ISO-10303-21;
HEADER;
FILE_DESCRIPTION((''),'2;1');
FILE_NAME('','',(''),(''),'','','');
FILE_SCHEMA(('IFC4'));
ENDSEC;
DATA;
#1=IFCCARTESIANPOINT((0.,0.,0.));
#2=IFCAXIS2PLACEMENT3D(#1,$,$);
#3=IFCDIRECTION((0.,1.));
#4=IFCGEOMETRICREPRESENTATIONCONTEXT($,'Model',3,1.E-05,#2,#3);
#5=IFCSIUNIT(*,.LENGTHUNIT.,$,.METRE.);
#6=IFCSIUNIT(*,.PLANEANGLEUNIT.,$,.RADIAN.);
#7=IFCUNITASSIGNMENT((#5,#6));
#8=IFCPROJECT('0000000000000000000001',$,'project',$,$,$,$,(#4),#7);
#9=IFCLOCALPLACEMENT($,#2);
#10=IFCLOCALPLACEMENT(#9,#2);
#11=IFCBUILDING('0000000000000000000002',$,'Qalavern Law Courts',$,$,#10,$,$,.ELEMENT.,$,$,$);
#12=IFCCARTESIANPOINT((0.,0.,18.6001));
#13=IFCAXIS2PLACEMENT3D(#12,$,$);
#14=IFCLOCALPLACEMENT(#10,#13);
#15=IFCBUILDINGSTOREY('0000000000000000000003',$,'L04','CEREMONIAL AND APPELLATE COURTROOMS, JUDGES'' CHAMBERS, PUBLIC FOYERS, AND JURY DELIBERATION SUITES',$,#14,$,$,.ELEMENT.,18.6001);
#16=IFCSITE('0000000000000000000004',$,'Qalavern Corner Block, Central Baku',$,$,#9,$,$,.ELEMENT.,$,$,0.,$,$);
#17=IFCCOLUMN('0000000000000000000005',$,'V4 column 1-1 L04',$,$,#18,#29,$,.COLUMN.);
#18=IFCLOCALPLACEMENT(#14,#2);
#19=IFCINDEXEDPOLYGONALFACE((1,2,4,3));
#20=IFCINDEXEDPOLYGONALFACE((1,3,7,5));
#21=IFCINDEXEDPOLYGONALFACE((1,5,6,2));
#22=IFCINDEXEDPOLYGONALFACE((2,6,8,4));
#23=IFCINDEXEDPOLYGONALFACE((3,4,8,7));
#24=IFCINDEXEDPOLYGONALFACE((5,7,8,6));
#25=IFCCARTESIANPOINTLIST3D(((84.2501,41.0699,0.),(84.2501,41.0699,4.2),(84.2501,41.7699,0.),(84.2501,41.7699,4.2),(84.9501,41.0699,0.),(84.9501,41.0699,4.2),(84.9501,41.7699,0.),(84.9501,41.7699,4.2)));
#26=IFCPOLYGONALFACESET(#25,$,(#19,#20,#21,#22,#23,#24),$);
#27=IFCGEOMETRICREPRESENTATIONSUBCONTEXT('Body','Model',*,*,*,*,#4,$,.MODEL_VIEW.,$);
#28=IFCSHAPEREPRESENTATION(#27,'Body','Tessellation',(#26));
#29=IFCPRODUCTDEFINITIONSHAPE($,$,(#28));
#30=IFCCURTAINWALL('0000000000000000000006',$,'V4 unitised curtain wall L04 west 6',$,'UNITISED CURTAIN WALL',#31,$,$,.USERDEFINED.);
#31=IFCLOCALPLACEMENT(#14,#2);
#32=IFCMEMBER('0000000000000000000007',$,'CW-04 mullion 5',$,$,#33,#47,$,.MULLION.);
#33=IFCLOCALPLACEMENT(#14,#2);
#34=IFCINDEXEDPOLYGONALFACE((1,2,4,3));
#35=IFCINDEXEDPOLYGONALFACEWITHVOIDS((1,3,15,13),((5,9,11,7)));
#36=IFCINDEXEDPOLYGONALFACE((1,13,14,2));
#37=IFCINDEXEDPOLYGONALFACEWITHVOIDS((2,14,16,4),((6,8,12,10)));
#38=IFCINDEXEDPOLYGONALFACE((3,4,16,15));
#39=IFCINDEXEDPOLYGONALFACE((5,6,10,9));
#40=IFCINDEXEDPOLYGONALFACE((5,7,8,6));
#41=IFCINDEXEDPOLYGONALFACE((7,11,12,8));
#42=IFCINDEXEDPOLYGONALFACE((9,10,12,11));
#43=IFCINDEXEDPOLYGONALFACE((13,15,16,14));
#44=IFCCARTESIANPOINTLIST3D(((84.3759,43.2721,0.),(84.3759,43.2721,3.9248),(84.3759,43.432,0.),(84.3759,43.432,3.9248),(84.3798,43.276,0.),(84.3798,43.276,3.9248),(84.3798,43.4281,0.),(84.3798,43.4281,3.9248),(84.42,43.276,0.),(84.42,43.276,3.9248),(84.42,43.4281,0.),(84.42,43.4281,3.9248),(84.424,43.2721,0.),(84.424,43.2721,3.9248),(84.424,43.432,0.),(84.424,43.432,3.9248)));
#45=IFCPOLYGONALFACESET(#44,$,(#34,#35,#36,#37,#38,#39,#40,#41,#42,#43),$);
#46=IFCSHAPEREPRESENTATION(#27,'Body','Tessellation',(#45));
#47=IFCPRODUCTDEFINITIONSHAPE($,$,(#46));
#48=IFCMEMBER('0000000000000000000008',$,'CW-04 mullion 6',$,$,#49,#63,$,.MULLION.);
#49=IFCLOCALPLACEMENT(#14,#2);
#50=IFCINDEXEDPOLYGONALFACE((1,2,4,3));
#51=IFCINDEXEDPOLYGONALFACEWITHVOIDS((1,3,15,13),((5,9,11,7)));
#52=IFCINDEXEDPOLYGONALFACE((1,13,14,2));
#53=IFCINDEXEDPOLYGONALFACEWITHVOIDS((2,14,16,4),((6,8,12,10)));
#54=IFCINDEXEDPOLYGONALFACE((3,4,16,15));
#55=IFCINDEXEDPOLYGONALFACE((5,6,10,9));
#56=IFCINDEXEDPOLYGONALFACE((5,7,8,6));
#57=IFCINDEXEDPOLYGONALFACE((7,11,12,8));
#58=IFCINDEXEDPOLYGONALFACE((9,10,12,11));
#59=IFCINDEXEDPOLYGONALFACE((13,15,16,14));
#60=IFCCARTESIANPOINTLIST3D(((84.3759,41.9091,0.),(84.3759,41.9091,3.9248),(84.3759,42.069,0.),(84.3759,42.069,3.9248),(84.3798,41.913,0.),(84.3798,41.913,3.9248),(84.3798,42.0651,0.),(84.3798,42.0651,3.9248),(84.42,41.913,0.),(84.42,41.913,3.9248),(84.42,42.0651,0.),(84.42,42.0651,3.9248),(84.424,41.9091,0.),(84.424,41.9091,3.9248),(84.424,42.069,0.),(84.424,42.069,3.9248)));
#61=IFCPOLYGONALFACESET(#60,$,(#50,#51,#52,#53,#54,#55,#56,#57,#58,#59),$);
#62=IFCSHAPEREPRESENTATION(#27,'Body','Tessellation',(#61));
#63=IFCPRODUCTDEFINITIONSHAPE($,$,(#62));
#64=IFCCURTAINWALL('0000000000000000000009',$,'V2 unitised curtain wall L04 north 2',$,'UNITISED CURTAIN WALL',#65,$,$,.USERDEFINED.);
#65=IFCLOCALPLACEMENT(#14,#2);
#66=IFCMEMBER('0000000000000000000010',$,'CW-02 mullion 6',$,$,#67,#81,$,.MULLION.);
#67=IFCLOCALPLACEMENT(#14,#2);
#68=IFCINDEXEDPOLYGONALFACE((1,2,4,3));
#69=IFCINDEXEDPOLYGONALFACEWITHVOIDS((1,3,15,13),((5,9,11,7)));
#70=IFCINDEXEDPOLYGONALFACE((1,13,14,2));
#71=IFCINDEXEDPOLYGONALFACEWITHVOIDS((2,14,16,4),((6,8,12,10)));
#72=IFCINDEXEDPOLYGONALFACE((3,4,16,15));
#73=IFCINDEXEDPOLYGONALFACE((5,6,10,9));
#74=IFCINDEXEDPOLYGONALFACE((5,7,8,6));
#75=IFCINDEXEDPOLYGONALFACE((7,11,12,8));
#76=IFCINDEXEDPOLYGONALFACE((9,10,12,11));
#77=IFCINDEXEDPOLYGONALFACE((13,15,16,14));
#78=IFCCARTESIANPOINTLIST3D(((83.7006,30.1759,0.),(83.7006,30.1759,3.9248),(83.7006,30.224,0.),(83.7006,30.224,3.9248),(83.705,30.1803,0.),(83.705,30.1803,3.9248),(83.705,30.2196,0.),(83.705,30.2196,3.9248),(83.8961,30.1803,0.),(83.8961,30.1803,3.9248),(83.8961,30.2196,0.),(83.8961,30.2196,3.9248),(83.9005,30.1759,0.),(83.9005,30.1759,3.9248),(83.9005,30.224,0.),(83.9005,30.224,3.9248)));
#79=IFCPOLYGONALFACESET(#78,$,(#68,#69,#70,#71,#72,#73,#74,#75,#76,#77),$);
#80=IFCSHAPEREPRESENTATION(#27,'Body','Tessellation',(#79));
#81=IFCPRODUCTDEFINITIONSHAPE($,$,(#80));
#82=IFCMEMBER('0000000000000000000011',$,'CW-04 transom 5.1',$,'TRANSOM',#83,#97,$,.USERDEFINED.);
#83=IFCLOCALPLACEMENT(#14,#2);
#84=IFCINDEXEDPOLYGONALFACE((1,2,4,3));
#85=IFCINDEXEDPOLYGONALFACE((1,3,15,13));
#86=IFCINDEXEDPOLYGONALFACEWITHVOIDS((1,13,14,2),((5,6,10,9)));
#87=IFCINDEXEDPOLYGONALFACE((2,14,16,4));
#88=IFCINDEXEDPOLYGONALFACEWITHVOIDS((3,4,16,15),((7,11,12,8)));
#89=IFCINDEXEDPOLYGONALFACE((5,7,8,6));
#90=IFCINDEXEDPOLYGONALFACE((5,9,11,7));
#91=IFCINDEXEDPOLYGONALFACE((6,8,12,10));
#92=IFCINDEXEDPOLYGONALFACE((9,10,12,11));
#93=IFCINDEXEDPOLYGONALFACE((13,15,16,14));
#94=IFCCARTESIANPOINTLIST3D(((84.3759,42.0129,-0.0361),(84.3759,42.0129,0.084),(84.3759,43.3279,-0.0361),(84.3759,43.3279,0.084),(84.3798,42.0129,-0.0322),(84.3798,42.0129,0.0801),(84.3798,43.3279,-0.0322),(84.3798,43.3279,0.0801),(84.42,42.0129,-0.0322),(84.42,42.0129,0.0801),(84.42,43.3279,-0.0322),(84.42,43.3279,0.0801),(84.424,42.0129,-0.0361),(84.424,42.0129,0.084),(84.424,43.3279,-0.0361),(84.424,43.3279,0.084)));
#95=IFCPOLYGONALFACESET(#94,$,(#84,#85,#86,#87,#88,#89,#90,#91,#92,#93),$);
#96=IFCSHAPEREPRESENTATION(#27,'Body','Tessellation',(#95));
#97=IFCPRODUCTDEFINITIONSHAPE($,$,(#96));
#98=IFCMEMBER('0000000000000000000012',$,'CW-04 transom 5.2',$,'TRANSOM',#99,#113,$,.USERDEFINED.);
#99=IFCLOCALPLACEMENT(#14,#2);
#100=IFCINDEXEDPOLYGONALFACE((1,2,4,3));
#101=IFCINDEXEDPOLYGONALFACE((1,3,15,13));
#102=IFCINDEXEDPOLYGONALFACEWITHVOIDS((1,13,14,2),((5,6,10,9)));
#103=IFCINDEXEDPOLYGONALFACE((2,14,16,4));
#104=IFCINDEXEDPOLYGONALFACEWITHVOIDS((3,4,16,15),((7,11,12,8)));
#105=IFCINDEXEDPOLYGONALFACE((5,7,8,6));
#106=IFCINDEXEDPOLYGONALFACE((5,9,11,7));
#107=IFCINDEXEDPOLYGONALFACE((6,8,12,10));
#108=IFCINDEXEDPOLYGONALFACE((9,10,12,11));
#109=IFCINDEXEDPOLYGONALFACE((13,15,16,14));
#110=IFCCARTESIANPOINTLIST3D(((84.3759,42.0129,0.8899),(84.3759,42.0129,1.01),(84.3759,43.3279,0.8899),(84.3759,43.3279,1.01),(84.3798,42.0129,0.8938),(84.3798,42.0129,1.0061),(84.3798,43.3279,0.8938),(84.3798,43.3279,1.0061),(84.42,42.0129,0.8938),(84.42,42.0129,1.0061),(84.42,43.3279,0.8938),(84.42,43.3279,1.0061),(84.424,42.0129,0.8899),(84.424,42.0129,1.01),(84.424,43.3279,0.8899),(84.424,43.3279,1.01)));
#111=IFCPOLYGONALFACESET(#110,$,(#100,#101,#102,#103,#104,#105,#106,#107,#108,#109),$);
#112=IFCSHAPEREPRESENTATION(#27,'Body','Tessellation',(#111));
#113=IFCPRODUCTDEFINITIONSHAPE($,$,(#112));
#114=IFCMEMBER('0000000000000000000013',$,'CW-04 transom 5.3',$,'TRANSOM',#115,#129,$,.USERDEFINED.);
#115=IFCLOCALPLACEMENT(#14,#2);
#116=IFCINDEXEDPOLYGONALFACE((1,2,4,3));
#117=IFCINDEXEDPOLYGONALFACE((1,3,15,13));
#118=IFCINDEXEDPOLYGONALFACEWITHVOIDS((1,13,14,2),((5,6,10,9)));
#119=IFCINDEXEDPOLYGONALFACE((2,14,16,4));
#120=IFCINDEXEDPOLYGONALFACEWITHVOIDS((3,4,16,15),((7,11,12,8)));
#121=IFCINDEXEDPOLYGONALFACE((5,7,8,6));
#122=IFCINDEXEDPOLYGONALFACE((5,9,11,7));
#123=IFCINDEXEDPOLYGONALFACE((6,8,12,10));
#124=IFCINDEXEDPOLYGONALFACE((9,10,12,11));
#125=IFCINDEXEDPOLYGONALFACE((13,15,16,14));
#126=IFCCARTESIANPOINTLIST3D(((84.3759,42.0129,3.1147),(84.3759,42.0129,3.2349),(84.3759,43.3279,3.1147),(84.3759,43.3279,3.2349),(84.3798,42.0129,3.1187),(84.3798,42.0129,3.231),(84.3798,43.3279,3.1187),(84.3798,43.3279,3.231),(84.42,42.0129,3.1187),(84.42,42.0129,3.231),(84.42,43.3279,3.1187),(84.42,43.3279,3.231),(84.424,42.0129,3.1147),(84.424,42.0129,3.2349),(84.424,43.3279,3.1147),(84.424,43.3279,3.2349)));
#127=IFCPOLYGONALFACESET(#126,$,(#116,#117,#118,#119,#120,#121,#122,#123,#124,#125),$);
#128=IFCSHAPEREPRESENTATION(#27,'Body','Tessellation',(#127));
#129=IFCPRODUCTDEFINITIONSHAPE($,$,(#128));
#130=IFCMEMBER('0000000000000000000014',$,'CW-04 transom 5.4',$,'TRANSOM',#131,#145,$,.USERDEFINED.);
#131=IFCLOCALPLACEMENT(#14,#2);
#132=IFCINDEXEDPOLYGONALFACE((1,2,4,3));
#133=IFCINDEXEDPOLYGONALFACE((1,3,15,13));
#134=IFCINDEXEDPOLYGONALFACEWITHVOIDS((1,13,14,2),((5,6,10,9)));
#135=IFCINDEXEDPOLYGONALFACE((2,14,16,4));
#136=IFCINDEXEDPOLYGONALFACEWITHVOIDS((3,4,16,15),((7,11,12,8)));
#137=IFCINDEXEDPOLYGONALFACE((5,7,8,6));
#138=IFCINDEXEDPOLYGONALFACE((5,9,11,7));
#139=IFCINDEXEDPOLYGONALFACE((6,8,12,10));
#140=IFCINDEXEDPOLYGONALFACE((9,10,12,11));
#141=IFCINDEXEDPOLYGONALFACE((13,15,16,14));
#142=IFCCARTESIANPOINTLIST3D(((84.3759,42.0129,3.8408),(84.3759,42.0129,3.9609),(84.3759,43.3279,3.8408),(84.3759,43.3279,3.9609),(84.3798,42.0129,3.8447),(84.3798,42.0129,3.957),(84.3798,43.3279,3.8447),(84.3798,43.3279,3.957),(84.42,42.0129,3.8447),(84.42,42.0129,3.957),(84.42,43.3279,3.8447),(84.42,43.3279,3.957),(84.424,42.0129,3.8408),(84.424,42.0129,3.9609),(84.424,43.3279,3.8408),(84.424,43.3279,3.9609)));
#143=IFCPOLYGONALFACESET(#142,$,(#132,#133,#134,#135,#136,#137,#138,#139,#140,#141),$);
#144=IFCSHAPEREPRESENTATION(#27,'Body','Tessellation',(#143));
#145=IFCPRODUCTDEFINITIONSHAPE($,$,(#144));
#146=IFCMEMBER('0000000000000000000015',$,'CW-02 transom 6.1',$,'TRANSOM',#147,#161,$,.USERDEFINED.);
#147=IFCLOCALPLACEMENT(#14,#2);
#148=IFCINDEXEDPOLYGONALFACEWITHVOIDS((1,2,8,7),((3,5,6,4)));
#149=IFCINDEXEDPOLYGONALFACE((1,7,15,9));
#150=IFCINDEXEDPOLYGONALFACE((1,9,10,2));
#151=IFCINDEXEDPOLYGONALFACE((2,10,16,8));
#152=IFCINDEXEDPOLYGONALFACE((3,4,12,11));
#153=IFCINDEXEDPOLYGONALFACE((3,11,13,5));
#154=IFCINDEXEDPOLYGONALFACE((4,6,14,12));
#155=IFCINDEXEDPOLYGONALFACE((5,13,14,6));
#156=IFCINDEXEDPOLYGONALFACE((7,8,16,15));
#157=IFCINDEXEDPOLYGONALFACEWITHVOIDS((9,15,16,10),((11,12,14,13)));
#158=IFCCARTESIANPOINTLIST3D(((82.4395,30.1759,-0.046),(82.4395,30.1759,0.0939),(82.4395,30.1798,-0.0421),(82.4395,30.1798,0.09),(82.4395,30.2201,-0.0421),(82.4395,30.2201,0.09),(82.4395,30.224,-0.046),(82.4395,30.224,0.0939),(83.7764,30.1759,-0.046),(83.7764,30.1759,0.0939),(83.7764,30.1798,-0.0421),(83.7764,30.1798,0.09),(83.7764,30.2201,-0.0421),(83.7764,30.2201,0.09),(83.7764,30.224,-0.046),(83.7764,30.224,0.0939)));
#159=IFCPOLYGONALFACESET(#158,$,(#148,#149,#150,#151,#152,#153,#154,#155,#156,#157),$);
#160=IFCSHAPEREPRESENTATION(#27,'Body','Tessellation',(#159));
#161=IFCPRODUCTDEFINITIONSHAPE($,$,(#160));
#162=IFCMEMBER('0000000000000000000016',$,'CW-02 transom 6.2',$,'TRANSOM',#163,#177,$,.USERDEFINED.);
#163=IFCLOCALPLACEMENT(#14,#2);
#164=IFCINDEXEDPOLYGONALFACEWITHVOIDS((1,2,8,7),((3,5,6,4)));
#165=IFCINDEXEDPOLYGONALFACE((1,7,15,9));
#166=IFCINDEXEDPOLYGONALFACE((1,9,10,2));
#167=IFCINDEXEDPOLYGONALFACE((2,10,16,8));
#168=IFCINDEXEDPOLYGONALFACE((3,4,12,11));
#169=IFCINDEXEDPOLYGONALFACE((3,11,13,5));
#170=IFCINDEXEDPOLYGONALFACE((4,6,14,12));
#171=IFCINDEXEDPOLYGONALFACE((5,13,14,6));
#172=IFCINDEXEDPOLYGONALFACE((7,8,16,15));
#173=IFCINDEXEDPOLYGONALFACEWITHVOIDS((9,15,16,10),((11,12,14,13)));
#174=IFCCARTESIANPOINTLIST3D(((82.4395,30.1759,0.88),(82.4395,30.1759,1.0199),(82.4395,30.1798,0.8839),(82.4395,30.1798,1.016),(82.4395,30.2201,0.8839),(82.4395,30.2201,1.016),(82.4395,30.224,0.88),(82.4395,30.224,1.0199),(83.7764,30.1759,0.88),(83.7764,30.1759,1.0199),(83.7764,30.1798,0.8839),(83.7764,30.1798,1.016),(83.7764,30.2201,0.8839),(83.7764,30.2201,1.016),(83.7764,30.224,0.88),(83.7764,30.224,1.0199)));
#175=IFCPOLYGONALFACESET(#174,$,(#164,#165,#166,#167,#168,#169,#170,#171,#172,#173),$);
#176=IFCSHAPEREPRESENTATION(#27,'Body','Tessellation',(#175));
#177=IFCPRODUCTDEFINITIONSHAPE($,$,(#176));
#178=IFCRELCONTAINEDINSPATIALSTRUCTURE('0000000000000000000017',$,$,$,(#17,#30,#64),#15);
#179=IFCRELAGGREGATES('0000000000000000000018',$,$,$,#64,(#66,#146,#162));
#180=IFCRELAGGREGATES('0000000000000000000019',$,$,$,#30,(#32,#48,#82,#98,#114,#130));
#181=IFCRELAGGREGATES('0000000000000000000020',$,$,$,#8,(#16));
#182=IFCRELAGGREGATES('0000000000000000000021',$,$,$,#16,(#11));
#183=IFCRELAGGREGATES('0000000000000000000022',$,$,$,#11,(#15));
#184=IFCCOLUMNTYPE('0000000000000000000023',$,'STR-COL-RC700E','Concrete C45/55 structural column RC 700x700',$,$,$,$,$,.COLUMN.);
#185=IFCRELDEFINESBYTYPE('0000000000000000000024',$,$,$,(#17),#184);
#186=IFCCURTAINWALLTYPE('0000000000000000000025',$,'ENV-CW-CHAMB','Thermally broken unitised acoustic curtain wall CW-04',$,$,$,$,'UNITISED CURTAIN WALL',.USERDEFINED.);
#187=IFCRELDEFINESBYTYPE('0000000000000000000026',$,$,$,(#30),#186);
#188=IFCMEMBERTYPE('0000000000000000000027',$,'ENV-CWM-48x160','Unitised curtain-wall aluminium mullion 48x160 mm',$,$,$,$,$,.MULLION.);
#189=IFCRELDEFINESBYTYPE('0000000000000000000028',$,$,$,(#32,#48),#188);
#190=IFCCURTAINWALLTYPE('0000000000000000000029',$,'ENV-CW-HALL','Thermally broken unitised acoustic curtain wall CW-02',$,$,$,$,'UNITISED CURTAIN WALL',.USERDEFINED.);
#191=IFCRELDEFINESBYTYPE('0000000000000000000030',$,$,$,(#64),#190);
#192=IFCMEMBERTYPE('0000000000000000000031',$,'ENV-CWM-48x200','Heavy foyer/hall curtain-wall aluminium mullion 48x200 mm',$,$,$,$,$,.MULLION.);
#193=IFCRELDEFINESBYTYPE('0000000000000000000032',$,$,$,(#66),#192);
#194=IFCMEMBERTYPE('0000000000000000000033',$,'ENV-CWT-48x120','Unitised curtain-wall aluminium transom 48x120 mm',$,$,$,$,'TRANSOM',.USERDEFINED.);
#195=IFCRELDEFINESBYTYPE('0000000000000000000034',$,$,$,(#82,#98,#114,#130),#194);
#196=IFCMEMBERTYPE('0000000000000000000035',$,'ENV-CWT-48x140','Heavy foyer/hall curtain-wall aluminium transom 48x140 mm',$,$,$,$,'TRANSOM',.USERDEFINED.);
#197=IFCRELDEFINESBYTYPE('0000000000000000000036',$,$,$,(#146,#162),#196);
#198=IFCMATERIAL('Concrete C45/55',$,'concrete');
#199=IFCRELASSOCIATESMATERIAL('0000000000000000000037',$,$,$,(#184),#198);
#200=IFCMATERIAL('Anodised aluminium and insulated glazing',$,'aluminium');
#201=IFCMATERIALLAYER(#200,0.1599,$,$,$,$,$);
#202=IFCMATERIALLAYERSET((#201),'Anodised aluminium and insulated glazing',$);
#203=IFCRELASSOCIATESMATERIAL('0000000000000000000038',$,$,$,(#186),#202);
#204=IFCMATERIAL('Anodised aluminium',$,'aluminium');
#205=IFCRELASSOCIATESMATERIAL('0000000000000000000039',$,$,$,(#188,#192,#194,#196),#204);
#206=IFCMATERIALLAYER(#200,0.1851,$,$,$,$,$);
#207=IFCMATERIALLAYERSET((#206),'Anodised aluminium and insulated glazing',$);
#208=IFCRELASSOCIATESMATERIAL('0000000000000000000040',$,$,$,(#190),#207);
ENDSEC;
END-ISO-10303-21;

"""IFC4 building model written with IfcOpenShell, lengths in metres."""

from ifc_helpers import new_model, si_unit, direction, frame, origin, origin_2d, place, context, subcontext, project, spatial, rectangle, hollow_rectangle, extrude, material, layer, layer_set, material_profile, profile_set, type_object, element, aggregate, save


model = new_model("IFC4")

# Units and contexts
model_context = context("Model", 3, precision=1e-05, world=origin(), true_north=direction((0.0, 1.0)))
body_context = subcontext(model_context, "Body", "Model", "MODEL_VIEW")
ifc_project = project(units=[si_unit("LENGTHUNIT", "METRE"), si_unit("PLANEANGLEUNIT", "RADIAN")], contexts=[model_context])

# Site, building, storey
site_placement = place(None, origin())
site = spatial("IfcSite", under=ifc_project, at=site_placement, Name="Qalavern Corner Block, Central Baku", CompositionType="ELEMENT", RefElevation=0.0)
building_placement = place(site_placement, origin())
building = spatial("IfcBuilding", under=site, at=building_placement, Name="Qalavern Law Courts", CompositionType="ELEMENT")
storey_placement = place(building_placement, frame((0.0, 0.0, 18.6001)))
storey = spatial("IfcBuildingStorey", under=building, at=storey_placement, Name="L04", Description="CEREMONIAL AND APPELLATE COURTROOMS, JUDGES' CHAMBERS, PUBLIC FOYERS, AND JURY DELIBERATION SUITES", CompositionType="ELEMENT", Elevation=18.6001)

# Column
ifc_material_1 = material(Name="Concrete C45/55", Category="concrete")
ifc_material_profile_1 = material_profile(ifc_material_1, rectangle(XDim=0.7, YDim=0.7, at=origin_2d()), Name="RC 700x700")
ifc_profile_set_1 = profile_set([ifc_material_profile_1], Name="Concrete C45/55")
column_type = type_object("IfcColumnType", Name="STR-COL-RC700E", Description="Concrete C45/55 structural column RC 700x700", PredefinedType="COLUMN", material=ifc_profile_set_1)
column_placement = place(storey_placement, frame((84.6001, 41.4199, 0.0), z_axis=(0.0, 0.0, 1.0), x_axis=(1.0, 0.0, 0.0)))
element("IfcColumn", 1, at=column_placement, inside=storey, type_object=column_type, Name="V4 column 1-1 L04", PredefinedType="COLUMN", context=body_context, shape_type="SweptSolid", body=[
    extrude(rectangle(XDim=0.7, YDim=0.7, at=origin_2d()), origin(), (0.0, 0.0, 1.0), 4.2),
])

# Curtain wall, members
ifc_material_2 = material(Name="Anodised aluminium and insulated glazing", Category="aluminium")
ifc_layer_1 = layer(ifc_material_2, 0.1599)
ifc_layer_set_1 = layer_set([ifc_layer_1], Name="Anodised aluminium and insulated glazing")
curtain_wall_type_1 = type_object("IfcCurtainWallType", Name="ENV-CW-CHAMB", Description="Thermally broken unitised acoustic curtain wall CW-04", ElementType="UNITISED CURTAIN WALL", PredefinedType="USERDEFINED", material=ifc_layer_set_1)
curtain_wall_1_placement = place(storey_placement, origin())
curtain_wall_1 = element("IfcCurtainWall", 2, at=curtain_wall_1_placement, inside=storey, type_object=curtain_wall_type_1, Name="V4 unitised curtain wall L04 west 6", ObjectType="UNITISED CURTAIN WALL", PredefinedType="USERDEFINED")
ifc_material_3 = material(Name="Anodised aluminium", Category="aluminium")
ifc_material_profile_2 = material_profile(ifc_material_3, hollow_rectangle(XDim=0.0481, YDim=0.1599, WallThickness=0.0039, at=origin_2d()), Name="ALU MULLION 48x160")
ifc_profile_set_2 = profile_set([ifc_material_profile_2], Name="Anodised aluminium")
member_type_1 = type_object("IfcMemberType", Name="ENV-CWM-48x160", Description="Unitised curtain-wall aluminium mullion 48x160 mm", PredefinedType="MULLION", material=ifc_profile_set_2)
member_1_placement = place(storey_placement, frame((84.3999, 43.3521, 0.0), z_axis=(0.0, 0.0, 1.0), x_axis=(1.0, 0.0, 0.0)))
member_1 = element("IfcMember", 3, at=member_1_placement, type_object=member_type_1, Name="CW-04 mullion 5", PredefinedType="MULLION", context=body_context, shape_type="SweptSolid", body=[
    extrude(hollow_rectangle(XDim=0.0481, YDim=0.1599, WallThickness=0.0039, at=origin_2d()), origin(), (0.0, 0.0, 1.0), 3.9248),
])
member_2_placement = place(storey_placement, frame((84.3999, 41.989, 0.0), z_axis=(0.0, 0.0, 1.0), x_axis=(1.0, 0.0, 0.0)))
member_2 = element("IfcMember", 4, at=member_2_placement, type_object=member_type_1, Name="CW-04 mullion 6", PredefinedType="MULLION", context=body_context, shape_type="SweptSolid", body=[
    extrude(hollow_rectangle(XDim=0.0481, YDim=0.1599, WallThickness=0.0039, at=origin_2d()), origin(), (0.0, 0.0, 1.0), 3.9248),
])

# Curtain wall, member
ifc_layer_2 = layer(ifc_material_2, 0.1851)
ifc_layer_set_2 = layer_set([ifc_layer_2], Name="Anodised aluminium and insulated glazing")
curtain_wall_type_2 = type_object("IfcCurtainWallType", Name="ENV-CW-HALL", Description="Thermally broken unitised acoustic curtain wall CW-02", ElementType="UNITISED CURTAIN WALL", PredefinedType="USERDEFINED", material=ifc_layer_set_2)
curtain_wall_2_placement = place(storey_placement, origin())
curtain_wall_2 = element("IfcCurtainWall", 5, at=curtain_wall_2_placement, inside=storey, type_object=curtain_wall_type_2, Name="V2 unitised curtain wall L04 north 2", ObjectType="UNITISED CURTAIN WALL", PredefinedType="USERDEFINED")
ifc_material_profile_3 = material_profile(ifc_material_3, hollow_rectangle(XDim=0.0481, YDim=0.2, WallThickness=0.0044, at=origin_2d()), Name="ALU MULLION 48x200")
ifc_profile_set_3 = profile_set([ifc_material_profile_3], Name="Anodised aluminium")
member_type_2 = type_object("IfcMemberType", Name="ENV-CWM-48x200", Description="Heavy foyer/hall curtain-wall aluminium mullion 48x200 mm", PredefinedType="MULLION", material=ifc_profile_set_3)
member_3_placement = place(storey_placement, frame((83.8005, 30.2, 0.0), z_axis=(0.0, 0.0, 1.0), x_axis=(0.0, -1.0, 0.0)))
member_3 = element("IfcMember", 6, at=member_3_placement, type_object=member_type_2, Name="CW-02 mullion 6", PredefinedType="MULLION", context=body_context, shape_type="SweptSolid", body=[
    extrude(hollow_rectangle(XDim=0.0481, YDim=0.2, WallThickness=0.0044, at=origin_2d()), origin(), (0.0, 0.0, 1.0), 3.9248),
])

# Members
ifc_material_profile_4 = material_profile(ifc_material_3, hollow_rectangle(XDim=0.0481, YDim=0.1201, WallThickness=0.0039, at=origin_2d()), Name="ALU TRANSOM 48x120")
ifc_profile_set_4 = profile_set([ifc_material_profile_4], Name="Anodised aluminium")
member_type_3 = type_object("IfcMemberType", Name="ENV-CWT-48x120", Description="Unitised curtain-wall aluminium transom 48x120 mm", ElementType="TRANSOM", PredefinedType="USERDEFINED", material=ifc_profile_set_4)
member_4_placement = place(storey_placement, frame((84.3999, 43.3279, 0.0239), z_axis=(0.0, -1.0, 0.0), x_axis=(1.0, 0.0, 0.0)))
member_4 = element("IfcMember", 7, at=member_4_placement, type_object=member_type_3, Name="CW-04 transom 5.1", ObjectType="TRANSOM", PredefinedType="USERDEFINED", context=body_context, shape_type="SweptSolid", body=[
    extrude(hollow_rectangle(XDim=0.0481, YDim=0.1201, WallThickness=0.0039, at=origin_2d()), origin(), (0.0, 0.0, 1.0), 1.3149),
])
member_5_placement = place(storey_placement, frame((84.3999, 43.3279, 0.95), z_axis=(0.0, -1.0, 0.0), x_axis=(1.0, 0.0, 0.0)))
member_5 = element("IfcMember", 8, at=member_5_placement, type_object=member_type_3, Name="CW-04 transom 5.2", ObjectType="TRANSOM", PredefinedType="USERDEFINED", context=body_context, shape_type="SweptSolid", body=[
    extrude(hollow_rectangle(XDim=0.0481, YDim=0.1201, WallThickness=0.0039, at=origin_2d()), origin(), (0.0, 0.0, 1.0), 1.3149),
])
member_6_placement = place(storey_placement, frame((84.3999, 43.3279, 3.1748), z_axis=(0.0, -1.0, 0.0), x_axis=(1.0, 0.0, 0.0)))
member_6 = element("IfcMember", 9, at=member_6_placement, type_object=member_type_3, Name="CW-04 transom 5.3", ObjectType="TRANSOM", PredefinedType="USERDEFINED", context=body_context, shape_type="SweptSolid", body=[
    extrude(hollow_rectangle(XDim=0.0481, YDim=0.1201, WallThickness=0.0039, at=origin_2d()), origin(), (0.0, 0.0, 1.0), 1.3149),
])
member_7_placement = place(storey_placement, frame((84.3999, 43.3279, 3.9009), z_axis=(0.0, -1.0, 0.0), x_axis=(1.0, 0.0, 0.0)))
member_7 = element("IfcMember", 10, at=member_7_placement, type_object=member_type_3, Name="CW-04 transom 5.4", ObjectType="TRANSOM", PredefinedType="USERDEFINED", context=body_context, shape_type="SweptSolid", body=[
    extrude(hollow_rectangle(XDim=0.0481, YDim=0.1201, WallThickness=0.0039, at=origin_2d()), origin(), (0.0, 0.0, 1.0), 1.3149),
])
ifc_material_profile_5 = material_profile(ifc_material_3, hollow_rectangle(XDim=0.0481, YDim=0.1399, WallThickness=0.0039, at=origin_2d()), Name="ALU TRANSOM 48x140")
ifc_profile_set_5 = profile_set([ifc_material_profile_5], Name="Anodised aluminium")
member_type_4 = type_object("IfcMemberType", Name="ENV-CWT-48x140", Description="Heavy foyer/hall curtain-wall aluminium transom 48x140 mm", ElementType="TRANSOM", PredefinedType="USERDEFINED", material=ifc_profile_set_5)
member_8_placement = place(storey_placement, frame((83.7764, 30.2, 0.0239), z_axis=(-1.0, 0.0, 0.0), x_axis=(0.0, -1.0, 0.0)))
member_8 = element("IfcMember", 11, at=member_8_placement, type_object=member_type_4, Name="CW-02 transom 6.1", ObjectType="TRANSOM", PredefinedType="USERDEFINED", context=body_context, shape_type="SweptSolid", body=[
    extrude(hollow_rectangle(XDim=0.0481, YDim=0.1399, WallThickness=0.0039, at=origin_2d()), origin(), (0.0, 0.0, 1.0), 1.3369),
])
member_9_placement = place(storey_placement, frame((83.7764, 30.2, 0.95), z_axis=(-1.0, 0.0, 0.0), x_axis=(0.0, -1.0, 0.0)))
member_9 = element("IfcMember", 12, at=member_9_placement, type_object=member_type_4, Name="CW-02 transom 6.2", ObjectType="TRANSOM", PredefinedType="USERDEFINED", context=body_context, shape_type="SweptSolid", body=[
    extrude(hollow_rectangle(XDim=0.0481, YDim=0.1399, WallThickness=0.0039, at=origin_2d()), origin(), (0.0, 0.0, 1.0), 1.3369),
])

aggregate(curtain_wall_2, [member_3, member_8, member_9])
aggregate(curtain_wall_1, [member_1, member_2, member_4, member_5, member_6, member_7])

save(model, "model.ifc")
